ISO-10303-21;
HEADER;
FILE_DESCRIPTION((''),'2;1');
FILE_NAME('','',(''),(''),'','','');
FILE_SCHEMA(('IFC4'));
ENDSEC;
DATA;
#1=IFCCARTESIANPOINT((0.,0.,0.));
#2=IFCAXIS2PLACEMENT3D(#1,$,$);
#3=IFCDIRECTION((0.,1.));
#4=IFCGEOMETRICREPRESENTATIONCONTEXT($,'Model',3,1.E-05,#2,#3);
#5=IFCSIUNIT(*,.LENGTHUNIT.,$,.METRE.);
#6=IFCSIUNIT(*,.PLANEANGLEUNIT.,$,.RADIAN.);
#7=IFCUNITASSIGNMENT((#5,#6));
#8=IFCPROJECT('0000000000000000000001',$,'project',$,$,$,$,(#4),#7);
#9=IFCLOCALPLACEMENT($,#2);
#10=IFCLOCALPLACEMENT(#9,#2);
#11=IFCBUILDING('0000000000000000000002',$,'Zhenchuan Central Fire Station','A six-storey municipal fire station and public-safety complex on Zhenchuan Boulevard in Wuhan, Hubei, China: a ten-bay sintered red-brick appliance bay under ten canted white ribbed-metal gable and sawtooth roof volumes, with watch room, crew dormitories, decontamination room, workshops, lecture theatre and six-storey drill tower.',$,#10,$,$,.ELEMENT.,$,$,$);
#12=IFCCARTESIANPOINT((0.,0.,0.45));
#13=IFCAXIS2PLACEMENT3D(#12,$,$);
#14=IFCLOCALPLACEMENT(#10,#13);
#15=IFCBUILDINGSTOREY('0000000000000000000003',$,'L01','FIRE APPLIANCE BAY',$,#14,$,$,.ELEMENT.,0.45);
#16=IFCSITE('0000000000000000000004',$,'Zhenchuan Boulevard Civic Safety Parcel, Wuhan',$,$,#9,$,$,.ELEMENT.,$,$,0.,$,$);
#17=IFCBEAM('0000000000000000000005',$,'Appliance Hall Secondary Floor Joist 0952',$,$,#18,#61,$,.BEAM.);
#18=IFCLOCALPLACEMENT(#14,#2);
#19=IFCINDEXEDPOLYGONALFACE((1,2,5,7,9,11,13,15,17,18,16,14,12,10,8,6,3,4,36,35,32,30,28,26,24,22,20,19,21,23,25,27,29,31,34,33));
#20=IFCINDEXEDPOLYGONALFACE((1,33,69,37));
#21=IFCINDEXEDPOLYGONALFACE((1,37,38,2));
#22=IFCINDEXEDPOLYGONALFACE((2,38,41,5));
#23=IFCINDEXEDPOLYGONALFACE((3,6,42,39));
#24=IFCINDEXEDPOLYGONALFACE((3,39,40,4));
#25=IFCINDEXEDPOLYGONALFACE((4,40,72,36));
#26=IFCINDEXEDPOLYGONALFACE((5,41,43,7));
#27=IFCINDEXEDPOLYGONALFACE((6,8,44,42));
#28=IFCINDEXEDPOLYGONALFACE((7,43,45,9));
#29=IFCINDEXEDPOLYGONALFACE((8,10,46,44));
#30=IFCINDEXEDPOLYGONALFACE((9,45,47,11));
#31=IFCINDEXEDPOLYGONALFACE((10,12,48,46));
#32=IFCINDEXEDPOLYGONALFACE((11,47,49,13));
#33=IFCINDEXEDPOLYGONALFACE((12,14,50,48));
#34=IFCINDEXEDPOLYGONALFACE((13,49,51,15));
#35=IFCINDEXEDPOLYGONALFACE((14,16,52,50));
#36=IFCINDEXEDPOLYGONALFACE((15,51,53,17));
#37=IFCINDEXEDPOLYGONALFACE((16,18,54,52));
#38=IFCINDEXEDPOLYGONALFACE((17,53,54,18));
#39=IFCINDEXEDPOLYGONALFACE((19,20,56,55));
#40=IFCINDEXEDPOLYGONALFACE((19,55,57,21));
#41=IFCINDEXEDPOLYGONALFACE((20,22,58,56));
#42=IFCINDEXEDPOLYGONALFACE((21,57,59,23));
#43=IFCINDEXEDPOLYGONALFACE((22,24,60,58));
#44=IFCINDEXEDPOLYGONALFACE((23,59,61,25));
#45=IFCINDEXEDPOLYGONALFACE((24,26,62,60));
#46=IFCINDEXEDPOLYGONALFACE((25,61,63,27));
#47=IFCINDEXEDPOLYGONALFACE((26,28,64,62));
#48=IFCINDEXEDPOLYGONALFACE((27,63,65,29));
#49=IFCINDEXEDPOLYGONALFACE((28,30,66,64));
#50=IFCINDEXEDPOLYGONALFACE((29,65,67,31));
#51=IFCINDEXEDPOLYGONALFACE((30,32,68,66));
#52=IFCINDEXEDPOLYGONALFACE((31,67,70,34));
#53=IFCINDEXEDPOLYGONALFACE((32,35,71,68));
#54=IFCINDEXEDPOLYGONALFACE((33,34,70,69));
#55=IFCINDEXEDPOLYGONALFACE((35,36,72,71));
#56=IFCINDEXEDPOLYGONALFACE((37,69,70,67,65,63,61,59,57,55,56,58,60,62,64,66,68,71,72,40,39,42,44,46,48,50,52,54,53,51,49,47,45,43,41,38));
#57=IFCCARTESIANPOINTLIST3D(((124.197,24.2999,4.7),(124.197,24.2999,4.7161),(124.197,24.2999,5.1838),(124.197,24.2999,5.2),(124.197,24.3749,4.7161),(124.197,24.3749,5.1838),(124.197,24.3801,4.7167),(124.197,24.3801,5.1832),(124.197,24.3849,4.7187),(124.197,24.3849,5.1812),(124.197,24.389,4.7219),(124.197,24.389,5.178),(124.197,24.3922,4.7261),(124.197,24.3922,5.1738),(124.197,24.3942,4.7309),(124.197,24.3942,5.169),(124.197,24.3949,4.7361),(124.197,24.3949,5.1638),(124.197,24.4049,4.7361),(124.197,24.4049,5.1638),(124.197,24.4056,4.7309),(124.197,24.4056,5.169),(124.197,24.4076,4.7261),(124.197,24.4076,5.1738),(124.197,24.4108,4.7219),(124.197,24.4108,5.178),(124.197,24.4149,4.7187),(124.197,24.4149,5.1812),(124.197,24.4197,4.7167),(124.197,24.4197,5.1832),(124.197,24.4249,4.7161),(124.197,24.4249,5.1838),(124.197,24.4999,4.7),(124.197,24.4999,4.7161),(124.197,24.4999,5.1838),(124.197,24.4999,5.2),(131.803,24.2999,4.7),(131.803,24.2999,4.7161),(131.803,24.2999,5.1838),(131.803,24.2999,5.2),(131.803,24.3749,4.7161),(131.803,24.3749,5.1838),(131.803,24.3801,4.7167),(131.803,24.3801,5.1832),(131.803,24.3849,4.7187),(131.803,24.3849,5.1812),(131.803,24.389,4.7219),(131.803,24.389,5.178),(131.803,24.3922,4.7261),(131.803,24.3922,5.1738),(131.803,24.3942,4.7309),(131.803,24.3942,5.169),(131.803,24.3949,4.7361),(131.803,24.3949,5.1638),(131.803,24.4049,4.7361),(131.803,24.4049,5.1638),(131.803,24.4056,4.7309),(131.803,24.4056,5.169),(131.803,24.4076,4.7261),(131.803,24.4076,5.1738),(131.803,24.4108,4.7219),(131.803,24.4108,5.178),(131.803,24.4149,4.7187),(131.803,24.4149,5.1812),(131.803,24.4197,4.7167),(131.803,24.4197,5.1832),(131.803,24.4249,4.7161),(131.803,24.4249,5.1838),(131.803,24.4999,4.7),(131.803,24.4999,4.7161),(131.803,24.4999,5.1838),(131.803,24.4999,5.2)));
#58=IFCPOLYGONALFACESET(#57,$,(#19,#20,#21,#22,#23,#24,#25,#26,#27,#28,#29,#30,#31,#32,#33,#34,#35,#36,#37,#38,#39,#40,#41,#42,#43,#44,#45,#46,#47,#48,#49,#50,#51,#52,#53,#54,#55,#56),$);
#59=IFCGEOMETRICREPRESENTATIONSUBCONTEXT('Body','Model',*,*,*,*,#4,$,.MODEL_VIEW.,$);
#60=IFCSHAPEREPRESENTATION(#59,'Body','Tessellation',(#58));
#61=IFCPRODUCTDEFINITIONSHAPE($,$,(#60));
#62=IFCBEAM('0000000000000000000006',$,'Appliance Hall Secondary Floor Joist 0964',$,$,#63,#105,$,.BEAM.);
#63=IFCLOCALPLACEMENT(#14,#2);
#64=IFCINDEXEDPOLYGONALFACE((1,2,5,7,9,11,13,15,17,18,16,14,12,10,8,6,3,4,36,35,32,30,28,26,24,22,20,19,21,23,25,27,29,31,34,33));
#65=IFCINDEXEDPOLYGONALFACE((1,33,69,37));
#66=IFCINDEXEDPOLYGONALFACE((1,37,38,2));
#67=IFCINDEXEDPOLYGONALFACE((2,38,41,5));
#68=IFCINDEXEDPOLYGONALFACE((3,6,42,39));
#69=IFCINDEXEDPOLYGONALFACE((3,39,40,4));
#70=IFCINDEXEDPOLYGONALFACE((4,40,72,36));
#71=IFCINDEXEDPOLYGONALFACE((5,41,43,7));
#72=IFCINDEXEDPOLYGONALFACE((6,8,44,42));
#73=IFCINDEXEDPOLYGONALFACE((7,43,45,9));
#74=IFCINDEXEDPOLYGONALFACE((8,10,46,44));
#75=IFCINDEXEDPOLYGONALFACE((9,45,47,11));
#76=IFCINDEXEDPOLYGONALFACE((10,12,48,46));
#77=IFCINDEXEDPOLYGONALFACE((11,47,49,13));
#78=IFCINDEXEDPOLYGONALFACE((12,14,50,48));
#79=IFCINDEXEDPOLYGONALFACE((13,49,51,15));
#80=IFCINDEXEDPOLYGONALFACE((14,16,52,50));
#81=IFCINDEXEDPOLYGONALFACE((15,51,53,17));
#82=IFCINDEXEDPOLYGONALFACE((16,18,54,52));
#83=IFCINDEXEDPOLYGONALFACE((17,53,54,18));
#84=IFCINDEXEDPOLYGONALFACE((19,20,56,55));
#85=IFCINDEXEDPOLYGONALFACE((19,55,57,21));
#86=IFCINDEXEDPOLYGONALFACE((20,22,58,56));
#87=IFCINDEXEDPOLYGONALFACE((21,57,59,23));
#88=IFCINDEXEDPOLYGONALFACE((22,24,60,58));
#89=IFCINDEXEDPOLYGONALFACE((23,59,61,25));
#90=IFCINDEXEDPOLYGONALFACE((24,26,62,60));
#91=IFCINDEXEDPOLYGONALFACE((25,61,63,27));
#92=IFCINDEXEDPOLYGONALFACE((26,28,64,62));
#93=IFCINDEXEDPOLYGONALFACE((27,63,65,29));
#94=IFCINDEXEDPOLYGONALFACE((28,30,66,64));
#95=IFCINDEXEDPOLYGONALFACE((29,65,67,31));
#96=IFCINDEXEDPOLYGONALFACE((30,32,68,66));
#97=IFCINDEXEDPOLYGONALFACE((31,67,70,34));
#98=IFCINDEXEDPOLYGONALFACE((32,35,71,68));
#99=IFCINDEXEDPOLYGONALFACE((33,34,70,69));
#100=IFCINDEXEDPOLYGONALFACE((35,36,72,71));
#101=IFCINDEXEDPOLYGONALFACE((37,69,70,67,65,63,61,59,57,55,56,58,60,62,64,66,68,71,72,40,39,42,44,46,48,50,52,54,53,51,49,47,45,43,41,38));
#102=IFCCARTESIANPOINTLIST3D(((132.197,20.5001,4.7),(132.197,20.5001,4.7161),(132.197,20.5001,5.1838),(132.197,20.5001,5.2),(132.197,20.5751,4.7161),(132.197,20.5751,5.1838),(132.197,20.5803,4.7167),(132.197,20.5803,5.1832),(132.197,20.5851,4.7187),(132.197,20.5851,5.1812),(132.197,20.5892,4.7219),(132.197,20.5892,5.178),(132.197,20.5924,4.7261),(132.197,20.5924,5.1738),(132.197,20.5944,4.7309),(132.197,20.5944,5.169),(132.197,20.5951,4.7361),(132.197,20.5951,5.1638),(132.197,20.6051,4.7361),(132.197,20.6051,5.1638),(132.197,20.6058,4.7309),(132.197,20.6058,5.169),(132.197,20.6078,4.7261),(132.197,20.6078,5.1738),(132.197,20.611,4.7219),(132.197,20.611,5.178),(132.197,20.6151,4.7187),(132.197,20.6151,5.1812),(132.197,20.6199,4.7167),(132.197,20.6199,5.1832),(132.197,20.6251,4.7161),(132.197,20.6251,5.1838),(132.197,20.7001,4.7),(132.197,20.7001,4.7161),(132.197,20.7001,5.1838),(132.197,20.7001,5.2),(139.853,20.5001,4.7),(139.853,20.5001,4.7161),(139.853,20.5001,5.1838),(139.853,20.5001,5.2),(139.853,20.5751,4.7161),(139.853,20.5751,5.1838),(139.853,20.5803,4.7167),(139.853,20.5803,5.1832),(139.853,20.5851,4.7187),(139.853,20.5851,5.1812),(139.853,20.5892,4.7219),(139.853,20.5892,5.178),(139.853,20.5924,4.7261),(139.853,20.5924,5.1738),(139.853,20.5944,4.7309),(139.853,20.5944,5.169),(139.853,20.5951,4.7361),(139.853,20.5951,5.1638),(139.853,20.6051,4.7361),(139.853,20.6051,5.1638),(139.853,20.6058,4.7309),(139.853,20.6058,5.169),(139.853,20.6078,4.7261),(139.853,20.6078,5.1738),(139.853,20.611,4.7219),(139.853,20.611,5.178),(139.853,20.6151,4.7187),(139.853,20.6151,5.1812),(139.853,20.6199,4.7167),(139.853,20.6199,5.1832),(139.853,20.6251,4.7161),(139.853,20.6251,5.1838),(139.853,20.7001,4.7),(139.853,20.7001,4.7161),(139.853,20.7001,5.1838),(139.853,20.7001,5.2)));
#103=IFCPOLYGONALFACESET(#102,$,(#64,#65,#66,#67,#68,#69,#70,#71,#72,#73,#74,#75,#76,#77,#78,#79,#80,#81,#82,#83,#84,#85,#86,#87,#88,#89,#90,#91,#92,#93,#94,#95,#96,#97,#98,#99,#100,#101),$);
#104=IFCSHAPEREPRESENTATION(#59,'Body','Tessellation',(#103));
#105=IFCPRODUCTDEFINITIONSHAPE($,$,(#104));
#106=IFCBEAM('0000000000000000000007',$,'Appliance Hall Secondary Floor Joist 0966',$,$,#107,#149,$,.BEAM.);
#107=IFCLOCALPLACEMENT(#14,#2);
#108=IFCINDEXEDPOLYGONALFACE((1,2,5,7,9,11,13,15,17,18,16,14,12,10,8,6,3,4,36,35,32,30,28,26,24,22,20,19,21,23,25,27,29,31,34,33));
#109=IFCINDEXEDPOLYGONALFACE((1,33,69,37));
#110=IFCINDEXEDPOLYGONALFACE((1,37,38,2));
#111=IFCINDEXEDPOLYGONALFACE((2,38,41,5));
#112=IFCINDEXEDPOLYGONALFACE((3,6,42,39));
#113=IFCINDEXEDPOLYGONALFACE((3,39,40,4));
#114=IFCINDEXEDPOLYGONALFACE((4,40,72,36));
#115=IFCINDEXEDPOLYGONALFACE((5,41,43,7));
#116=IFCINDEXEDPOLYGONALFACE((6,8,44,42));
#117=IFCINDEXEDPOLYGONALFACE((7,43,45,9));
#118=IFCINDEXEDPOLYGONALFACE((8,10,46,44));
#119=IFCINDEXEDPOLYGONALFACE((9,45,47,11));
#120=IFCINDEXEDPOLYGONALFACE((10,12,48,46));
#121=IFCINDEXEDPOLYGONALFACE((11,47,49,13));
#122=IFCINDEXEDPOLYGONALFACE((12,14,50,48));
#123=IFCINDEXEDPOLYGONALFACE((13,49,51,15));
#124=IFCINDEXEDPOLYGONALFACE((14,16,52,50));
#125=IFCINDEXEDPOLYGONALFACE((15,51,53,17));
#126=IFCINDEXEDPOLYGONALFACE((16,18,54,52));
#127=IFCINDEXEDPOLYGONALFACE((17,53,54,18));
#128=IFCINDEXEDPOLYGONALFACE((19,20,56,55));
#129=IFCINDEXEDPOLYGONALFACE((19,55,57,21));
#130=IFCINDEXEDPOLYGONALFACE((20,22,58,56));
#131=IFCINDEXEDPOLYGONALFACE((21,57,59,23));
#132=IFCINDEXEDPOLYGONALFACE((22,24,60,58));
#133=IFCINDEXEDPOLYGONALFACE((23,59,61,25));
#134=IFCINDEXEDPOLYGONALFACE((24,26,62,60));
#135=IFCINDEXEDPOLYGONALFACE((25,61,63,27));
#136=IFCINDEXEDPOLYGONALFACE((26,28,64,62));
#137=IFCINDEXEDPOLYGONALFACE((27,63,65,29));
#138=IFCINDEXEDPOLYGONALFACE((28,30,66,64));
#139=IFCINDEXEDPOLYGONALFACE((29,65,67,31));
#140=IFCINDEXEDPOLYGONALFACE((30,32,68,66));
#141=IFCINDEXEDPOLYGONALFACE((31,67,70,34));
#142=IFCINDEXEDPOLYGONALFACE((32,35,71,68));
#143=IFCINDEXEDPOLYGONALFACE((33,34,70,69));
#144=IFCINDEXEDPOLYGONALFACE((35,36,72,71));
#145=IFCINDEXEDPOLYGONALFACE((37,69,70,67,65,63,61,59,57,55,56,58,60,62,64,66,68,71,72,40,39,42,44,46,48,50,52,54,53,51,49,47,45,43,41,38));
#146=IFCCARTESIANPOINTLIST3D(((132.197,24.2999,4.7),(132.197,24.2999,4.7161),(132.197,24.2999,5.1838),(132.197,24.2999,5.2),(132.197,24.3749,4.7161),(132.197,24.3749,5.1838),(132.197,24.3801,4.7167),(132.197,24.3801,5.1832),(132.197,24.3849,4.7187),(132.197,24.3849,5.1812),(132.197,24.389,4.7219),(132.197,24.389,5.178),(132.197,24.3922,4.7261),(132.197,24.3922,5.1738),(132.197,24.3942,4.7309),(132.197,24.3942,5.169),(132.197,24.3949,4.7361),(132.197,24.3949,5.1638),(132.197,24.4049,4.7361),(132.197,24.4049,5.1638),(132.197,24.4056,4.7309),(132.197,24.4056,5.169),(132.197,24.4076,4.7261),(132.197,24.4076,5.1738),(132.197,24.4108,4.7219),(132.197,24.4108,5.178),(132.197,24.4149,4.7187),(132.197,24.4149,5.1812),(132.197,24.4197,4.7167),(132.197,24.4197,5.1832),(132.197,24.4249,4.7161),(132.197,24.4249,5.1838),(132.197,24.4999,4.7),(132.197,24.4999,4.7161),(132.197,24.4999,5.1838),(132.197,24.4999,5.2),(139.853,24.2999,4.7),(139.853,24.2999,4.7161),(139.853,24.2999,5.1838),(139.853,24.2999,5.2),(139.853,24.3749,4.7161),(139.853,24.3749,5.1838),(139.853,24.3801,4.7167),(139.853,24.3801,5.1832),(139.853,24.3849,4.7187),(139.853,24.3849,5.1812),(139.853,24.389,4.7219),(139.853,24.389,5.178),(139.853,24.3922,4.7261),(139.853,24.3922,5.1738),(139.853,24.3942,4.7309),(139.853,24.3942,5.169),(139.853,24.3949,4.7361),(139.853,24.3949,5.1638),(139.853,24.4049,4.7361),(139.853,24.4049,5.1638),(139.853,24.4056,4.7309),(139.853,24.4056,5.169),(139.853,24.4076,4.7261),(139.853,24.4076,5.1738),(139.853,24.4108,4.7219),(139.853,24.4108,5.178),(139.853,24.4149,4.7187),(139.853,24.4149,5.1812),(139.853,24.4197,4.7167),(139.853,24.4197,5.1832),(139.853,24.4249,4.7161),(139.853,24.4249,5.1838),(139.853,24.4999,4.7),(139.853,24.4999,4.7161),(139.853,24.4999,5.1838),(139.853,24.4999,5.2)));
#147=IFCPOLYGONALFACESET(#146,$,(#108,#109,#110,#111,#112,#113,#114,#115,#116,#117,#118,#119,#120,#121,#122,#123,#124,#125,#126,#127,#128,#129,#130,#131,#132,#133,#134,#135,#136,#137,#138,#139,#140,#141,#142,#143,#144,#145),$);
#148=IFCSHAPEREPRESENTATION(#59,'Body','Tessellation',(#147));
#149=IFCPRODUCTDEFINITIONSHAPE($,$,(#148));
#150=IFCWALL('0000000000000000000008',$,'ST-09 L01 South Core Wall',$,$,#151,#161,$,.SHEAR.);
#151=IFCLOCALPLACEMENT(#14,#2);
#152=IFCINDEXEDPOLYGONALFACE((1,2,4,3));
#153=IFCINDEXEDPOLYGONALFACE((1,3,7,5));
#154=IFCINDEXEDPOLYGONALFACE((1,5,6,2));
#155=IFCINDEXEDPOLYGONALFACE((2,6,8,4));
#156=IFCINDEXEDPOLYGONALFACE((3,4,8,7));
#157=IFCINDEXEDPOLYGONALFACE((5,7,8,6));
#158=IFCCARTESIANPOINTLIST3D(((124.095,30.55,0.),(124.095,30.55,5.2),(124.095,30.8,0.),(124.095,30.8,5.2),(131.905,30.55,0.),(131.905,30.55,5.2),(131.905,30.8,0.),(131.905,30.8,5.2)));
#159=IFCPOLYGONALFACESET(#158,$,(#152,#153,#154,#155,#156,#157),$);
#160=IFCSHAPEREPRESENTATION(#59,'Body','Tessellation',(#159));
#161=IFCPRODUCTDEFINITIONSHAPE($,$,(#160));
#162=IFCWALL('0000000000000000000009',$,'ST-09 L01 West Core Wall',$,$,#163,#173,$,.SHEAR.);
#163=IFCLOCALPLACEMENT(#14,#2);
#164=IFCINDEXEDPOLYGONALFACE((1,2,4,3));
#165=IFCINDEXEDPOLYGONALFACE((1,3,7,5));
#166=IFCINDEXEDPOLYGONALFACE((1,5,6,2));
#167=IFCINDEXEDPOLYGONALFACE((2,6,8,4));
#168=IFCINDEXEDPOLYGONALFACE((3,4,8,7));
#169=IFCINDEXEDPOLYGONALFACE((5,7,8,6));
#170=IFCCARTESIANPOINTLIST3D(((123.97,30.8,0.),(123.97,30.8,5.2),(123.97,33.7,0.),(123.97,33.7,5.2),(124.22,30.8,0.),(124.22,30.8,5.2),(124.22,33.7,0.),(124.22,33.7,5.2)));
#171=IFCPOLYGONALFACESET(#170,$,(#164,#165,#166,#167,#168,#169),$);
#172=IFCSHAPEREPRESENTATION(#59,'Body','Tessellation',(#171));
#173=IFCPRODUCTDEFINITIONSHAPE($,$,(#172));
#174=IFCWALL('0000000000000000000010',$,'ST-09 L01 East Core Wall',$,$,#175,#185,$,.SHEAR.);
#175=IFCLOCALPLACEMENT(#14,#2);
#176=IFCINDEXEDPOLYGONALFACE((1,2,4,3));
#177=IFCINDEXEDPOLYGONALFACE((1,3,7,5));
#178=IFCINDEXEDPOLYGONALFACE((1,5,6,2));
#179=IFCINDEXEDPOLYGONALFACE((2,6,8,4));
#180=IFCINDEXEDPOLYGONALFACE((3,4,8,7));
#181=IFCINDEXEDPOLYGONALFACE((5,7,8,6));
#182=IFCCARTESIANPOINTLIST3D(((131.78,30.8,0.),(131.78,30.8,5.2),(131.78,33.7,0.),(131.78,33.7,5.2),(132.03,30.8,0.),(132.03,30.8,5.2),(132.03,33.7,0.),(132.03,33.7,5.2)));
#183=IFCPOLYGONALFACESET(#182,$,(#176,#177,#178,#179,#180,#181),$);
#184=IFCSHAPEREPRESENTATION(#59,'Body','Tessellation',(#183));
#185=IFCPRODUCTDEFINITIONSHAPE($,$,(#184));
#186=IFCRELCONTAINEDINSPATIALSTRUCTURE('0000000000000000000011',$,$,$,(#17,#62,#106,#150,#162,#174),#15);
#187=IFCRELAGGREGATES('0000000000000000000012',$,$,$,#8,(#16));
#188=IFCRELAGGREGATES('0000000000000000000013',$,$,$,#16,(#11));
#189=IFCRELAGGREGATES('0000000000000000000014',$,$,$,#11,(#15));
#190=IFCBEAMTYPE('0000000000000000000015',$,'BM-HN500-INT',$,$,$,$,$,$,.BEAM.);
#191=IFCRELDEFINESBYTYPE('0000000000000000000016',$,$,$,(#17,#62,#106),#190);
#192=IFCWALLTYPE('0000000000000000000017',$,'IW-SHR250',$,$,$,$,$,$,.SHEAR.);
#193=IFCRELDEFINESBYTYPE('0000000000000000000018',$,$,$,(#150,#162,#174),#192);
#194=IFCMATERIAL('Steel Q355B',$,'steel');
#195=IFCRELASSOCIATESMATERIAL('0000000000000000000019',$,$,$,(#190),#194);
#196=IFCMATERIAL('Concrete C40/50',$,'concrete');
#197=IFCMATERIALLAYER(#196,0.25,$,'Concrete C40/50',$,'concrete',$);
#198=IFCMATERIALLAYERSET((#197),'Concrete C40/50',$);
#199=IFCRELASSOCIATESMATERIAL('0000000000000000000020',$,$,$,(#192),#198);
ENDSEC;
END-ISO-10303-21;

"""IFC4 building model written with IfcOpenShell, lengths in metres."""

from ifc_helpers import new_model, si_unit, direction, frame, frame_2d, origin, origin_2d, place, context, subcontext, project, spatial, rectangle, i_section, extrude, material, layer, layer_set, material_profile, profile_set, type_object, element, save


model = new_model("IFC4")

# Units and contexts
model_context = context("Model", 3, precision=1e-05, world=origin(), true_north=direction((0.0, 1.0)))
body_context = subcontext(model_context, "Body", "Model", "MODEL_VIEW")
ifc_project = project(units=[si_unit("LENGTHUNIT", "METRE"), si_unit("PLANEANGLEUNIT", "RADIAN")], contexts=[model_context])

# Site, building, storey
site_placement = place(None, origin())
site = spatial("IfcSite", under=ifc_project, at=site_placement, Name="Zhenchuan Boulevard Civic Safety Parcel, Wuhan", CompositionType="ELEMENT", RefElevation=0.0)
building_placement = place(site_placement, origin())
building = spatial("IfcBuilding", under=site, at=building_placement, Name="Zhenchuan Central Fire Station", Description="A six-storey municipal fire station and public-safety complex on Zhenchuan Boulevard in Wuhan, Hubei, China: a ten-bay sintered red-brick appliance bay under ten canted white ribbed-metal gable and sawtooth roof volumes, with watch room, crew dormitories, decontamination room, workshops, lecture theatre and six-storey drill tower.", CompositionType="ELEMENT")
storey_placement = place(building_placement, frame((0.0, 0.0, 0.45)))
storey = spatial("IfcBuildingStorey", under=building, at=storey_placement, Name="L01", Description="FIRE APPLIANCE BAY", CompositionType="ELEMENT", Elevation=0.45)

# Beams
ifc_material_1 = material(Name="Steel Q355B", Category="steel")
ifc_material_profile_1 = material_profile(ifc_material_1, i_section(OverallWidth=0.2, OverallDepth=0.5, WebThickness=0.01, FlangeThickness=0.0161, FilletRadius=0.02, at=origin_2d()), Name="HN 500x200")
ifc_profile_set_1 = profile_set([ifc_material_profile_1], Name="Steel Q355B")
beam_type_1 = type_object("IfcBeamType", Name="BM-HN500-INT", PredefinedType="BEAM", material=ifc_profile_set_1)
for number, where, z_axis, x_axis, name in (
    (1, (124.197, 24.3999, 4.95), (1.0, 0.0, 0.0), (0.0, 1.0, 0.0), "Appliance Hall Secondary Floor Joist 0952"),
):
    element("IfcBeam", number, at=place(storey_placement, frame(where, z_axis=z_axis, x_axis=x_axis)), inside=storey, type_object=beam_type_1, Name=name, PredefinedType="BEAM", context=body_context, shape_type="SweptSolid", body=[
        extrude(i_section(OverallWidth=0.2, OverallDepth=0.5, WebThickness=0.01, FlangeThickness=0.0161, FilletRadius=0.02, at=origin_2d()), origin(), (0.0, 0.0, 1.0), 7.606),
    ])
for number, where, z_axis, x_axis, name in (
    (2, (132.197, 20.6001, 4.95), (1.0, 0.0, 0.0), (0.0, 1.0, 0.0), "Appliance Hall Secondary Floor Joist 0964"),
    (3, (132.197, 24.3999, 4.95), (1.0, 0.0, 0.0), (0.0, 1.0, 0.0), "Appliance Hall Secondary Floor Joist 0966"),
):
    element("IfcBeam", number, at=place(storey_placement, frame(where, z_axis=z_axis, x_axis=x_axis)), inside=storey, type_object=beam_type_1, Name=name, PredefinedType="BEAM", context=body_context, shape_type="SweptSolid", body=[
        extrude(i_section(OverallWidth=0.2, OverallDepth=0.5, WebThickness=0.01, FlangeThickness=0.0161, FilletRadius=0.02, at=origin_2d()), origin(), (0.0, 0.0, 1.0), 7.656),
    ])

# Walls
ifc_material_2 = material(Name="Concrete C40/50", Category="concrete")
ifc_layer = layer(ifc_material_2, 0.25, Name="Concrete C40/50", Category="concrete")
ifc_layer_set = layer_set([ifc_layer], Name="Concrete C40/50")
wall_type = type_object("IfcWallType", Name="IW-SHR250", PredefinedType="SHEAR", material=ifc_layer_set)
wall_placement = place(storey_placement, frame((124.095, 30.675, 0.0), z_axis=(0.0, 0.0, 1.0), x_axis=(1.0, 0.0, 0.0)))
element("IfcWall", 4, at=wall_placement, inside=storey, type_object=wall_type, Name="ST-09 L01 South Core Wall", PredefinedType="SHEAR", context=body_context, shape_type="SweptSolid", body=[
    extrude(rectangle(XDim=7.8101, YDim=0.25, at=frame_2d((3.905, 0.0))), origin(), (0.0, 0.0, 1.0), 5.2),
])
for number, where, z_axis, x_axis, name in (
    (5, (124.095, 30.8, 0.0), (0.0, 0.0, 1.0), (0.0, 1.0, 0.0), "ST-09 L01 West Core Wall"),
    (6, (131.905, 30.8, 0.0), (0.0, 0.0, 1.0), (0.0, 1.0, 0.0), "ST-09 L01 East Core Wall"),
):
    element("IfcWall", number, at=place(storey_placement, frame(where, z_axis=z_axis, x_axis=x_axis)), inside=storey, type_object=wall_type, Name=name, PredefinedType="SHEAR", context=body_context, shape_type="SweptSolid", body=[
        extrude(rectangle(XDim=2.8999, YDim=0.25, at=frame_2d((1.45, 0.0))), origin(), (0.0, 0.0, 1.0), 5.2),
    ])

save(model, "model.ifc")
